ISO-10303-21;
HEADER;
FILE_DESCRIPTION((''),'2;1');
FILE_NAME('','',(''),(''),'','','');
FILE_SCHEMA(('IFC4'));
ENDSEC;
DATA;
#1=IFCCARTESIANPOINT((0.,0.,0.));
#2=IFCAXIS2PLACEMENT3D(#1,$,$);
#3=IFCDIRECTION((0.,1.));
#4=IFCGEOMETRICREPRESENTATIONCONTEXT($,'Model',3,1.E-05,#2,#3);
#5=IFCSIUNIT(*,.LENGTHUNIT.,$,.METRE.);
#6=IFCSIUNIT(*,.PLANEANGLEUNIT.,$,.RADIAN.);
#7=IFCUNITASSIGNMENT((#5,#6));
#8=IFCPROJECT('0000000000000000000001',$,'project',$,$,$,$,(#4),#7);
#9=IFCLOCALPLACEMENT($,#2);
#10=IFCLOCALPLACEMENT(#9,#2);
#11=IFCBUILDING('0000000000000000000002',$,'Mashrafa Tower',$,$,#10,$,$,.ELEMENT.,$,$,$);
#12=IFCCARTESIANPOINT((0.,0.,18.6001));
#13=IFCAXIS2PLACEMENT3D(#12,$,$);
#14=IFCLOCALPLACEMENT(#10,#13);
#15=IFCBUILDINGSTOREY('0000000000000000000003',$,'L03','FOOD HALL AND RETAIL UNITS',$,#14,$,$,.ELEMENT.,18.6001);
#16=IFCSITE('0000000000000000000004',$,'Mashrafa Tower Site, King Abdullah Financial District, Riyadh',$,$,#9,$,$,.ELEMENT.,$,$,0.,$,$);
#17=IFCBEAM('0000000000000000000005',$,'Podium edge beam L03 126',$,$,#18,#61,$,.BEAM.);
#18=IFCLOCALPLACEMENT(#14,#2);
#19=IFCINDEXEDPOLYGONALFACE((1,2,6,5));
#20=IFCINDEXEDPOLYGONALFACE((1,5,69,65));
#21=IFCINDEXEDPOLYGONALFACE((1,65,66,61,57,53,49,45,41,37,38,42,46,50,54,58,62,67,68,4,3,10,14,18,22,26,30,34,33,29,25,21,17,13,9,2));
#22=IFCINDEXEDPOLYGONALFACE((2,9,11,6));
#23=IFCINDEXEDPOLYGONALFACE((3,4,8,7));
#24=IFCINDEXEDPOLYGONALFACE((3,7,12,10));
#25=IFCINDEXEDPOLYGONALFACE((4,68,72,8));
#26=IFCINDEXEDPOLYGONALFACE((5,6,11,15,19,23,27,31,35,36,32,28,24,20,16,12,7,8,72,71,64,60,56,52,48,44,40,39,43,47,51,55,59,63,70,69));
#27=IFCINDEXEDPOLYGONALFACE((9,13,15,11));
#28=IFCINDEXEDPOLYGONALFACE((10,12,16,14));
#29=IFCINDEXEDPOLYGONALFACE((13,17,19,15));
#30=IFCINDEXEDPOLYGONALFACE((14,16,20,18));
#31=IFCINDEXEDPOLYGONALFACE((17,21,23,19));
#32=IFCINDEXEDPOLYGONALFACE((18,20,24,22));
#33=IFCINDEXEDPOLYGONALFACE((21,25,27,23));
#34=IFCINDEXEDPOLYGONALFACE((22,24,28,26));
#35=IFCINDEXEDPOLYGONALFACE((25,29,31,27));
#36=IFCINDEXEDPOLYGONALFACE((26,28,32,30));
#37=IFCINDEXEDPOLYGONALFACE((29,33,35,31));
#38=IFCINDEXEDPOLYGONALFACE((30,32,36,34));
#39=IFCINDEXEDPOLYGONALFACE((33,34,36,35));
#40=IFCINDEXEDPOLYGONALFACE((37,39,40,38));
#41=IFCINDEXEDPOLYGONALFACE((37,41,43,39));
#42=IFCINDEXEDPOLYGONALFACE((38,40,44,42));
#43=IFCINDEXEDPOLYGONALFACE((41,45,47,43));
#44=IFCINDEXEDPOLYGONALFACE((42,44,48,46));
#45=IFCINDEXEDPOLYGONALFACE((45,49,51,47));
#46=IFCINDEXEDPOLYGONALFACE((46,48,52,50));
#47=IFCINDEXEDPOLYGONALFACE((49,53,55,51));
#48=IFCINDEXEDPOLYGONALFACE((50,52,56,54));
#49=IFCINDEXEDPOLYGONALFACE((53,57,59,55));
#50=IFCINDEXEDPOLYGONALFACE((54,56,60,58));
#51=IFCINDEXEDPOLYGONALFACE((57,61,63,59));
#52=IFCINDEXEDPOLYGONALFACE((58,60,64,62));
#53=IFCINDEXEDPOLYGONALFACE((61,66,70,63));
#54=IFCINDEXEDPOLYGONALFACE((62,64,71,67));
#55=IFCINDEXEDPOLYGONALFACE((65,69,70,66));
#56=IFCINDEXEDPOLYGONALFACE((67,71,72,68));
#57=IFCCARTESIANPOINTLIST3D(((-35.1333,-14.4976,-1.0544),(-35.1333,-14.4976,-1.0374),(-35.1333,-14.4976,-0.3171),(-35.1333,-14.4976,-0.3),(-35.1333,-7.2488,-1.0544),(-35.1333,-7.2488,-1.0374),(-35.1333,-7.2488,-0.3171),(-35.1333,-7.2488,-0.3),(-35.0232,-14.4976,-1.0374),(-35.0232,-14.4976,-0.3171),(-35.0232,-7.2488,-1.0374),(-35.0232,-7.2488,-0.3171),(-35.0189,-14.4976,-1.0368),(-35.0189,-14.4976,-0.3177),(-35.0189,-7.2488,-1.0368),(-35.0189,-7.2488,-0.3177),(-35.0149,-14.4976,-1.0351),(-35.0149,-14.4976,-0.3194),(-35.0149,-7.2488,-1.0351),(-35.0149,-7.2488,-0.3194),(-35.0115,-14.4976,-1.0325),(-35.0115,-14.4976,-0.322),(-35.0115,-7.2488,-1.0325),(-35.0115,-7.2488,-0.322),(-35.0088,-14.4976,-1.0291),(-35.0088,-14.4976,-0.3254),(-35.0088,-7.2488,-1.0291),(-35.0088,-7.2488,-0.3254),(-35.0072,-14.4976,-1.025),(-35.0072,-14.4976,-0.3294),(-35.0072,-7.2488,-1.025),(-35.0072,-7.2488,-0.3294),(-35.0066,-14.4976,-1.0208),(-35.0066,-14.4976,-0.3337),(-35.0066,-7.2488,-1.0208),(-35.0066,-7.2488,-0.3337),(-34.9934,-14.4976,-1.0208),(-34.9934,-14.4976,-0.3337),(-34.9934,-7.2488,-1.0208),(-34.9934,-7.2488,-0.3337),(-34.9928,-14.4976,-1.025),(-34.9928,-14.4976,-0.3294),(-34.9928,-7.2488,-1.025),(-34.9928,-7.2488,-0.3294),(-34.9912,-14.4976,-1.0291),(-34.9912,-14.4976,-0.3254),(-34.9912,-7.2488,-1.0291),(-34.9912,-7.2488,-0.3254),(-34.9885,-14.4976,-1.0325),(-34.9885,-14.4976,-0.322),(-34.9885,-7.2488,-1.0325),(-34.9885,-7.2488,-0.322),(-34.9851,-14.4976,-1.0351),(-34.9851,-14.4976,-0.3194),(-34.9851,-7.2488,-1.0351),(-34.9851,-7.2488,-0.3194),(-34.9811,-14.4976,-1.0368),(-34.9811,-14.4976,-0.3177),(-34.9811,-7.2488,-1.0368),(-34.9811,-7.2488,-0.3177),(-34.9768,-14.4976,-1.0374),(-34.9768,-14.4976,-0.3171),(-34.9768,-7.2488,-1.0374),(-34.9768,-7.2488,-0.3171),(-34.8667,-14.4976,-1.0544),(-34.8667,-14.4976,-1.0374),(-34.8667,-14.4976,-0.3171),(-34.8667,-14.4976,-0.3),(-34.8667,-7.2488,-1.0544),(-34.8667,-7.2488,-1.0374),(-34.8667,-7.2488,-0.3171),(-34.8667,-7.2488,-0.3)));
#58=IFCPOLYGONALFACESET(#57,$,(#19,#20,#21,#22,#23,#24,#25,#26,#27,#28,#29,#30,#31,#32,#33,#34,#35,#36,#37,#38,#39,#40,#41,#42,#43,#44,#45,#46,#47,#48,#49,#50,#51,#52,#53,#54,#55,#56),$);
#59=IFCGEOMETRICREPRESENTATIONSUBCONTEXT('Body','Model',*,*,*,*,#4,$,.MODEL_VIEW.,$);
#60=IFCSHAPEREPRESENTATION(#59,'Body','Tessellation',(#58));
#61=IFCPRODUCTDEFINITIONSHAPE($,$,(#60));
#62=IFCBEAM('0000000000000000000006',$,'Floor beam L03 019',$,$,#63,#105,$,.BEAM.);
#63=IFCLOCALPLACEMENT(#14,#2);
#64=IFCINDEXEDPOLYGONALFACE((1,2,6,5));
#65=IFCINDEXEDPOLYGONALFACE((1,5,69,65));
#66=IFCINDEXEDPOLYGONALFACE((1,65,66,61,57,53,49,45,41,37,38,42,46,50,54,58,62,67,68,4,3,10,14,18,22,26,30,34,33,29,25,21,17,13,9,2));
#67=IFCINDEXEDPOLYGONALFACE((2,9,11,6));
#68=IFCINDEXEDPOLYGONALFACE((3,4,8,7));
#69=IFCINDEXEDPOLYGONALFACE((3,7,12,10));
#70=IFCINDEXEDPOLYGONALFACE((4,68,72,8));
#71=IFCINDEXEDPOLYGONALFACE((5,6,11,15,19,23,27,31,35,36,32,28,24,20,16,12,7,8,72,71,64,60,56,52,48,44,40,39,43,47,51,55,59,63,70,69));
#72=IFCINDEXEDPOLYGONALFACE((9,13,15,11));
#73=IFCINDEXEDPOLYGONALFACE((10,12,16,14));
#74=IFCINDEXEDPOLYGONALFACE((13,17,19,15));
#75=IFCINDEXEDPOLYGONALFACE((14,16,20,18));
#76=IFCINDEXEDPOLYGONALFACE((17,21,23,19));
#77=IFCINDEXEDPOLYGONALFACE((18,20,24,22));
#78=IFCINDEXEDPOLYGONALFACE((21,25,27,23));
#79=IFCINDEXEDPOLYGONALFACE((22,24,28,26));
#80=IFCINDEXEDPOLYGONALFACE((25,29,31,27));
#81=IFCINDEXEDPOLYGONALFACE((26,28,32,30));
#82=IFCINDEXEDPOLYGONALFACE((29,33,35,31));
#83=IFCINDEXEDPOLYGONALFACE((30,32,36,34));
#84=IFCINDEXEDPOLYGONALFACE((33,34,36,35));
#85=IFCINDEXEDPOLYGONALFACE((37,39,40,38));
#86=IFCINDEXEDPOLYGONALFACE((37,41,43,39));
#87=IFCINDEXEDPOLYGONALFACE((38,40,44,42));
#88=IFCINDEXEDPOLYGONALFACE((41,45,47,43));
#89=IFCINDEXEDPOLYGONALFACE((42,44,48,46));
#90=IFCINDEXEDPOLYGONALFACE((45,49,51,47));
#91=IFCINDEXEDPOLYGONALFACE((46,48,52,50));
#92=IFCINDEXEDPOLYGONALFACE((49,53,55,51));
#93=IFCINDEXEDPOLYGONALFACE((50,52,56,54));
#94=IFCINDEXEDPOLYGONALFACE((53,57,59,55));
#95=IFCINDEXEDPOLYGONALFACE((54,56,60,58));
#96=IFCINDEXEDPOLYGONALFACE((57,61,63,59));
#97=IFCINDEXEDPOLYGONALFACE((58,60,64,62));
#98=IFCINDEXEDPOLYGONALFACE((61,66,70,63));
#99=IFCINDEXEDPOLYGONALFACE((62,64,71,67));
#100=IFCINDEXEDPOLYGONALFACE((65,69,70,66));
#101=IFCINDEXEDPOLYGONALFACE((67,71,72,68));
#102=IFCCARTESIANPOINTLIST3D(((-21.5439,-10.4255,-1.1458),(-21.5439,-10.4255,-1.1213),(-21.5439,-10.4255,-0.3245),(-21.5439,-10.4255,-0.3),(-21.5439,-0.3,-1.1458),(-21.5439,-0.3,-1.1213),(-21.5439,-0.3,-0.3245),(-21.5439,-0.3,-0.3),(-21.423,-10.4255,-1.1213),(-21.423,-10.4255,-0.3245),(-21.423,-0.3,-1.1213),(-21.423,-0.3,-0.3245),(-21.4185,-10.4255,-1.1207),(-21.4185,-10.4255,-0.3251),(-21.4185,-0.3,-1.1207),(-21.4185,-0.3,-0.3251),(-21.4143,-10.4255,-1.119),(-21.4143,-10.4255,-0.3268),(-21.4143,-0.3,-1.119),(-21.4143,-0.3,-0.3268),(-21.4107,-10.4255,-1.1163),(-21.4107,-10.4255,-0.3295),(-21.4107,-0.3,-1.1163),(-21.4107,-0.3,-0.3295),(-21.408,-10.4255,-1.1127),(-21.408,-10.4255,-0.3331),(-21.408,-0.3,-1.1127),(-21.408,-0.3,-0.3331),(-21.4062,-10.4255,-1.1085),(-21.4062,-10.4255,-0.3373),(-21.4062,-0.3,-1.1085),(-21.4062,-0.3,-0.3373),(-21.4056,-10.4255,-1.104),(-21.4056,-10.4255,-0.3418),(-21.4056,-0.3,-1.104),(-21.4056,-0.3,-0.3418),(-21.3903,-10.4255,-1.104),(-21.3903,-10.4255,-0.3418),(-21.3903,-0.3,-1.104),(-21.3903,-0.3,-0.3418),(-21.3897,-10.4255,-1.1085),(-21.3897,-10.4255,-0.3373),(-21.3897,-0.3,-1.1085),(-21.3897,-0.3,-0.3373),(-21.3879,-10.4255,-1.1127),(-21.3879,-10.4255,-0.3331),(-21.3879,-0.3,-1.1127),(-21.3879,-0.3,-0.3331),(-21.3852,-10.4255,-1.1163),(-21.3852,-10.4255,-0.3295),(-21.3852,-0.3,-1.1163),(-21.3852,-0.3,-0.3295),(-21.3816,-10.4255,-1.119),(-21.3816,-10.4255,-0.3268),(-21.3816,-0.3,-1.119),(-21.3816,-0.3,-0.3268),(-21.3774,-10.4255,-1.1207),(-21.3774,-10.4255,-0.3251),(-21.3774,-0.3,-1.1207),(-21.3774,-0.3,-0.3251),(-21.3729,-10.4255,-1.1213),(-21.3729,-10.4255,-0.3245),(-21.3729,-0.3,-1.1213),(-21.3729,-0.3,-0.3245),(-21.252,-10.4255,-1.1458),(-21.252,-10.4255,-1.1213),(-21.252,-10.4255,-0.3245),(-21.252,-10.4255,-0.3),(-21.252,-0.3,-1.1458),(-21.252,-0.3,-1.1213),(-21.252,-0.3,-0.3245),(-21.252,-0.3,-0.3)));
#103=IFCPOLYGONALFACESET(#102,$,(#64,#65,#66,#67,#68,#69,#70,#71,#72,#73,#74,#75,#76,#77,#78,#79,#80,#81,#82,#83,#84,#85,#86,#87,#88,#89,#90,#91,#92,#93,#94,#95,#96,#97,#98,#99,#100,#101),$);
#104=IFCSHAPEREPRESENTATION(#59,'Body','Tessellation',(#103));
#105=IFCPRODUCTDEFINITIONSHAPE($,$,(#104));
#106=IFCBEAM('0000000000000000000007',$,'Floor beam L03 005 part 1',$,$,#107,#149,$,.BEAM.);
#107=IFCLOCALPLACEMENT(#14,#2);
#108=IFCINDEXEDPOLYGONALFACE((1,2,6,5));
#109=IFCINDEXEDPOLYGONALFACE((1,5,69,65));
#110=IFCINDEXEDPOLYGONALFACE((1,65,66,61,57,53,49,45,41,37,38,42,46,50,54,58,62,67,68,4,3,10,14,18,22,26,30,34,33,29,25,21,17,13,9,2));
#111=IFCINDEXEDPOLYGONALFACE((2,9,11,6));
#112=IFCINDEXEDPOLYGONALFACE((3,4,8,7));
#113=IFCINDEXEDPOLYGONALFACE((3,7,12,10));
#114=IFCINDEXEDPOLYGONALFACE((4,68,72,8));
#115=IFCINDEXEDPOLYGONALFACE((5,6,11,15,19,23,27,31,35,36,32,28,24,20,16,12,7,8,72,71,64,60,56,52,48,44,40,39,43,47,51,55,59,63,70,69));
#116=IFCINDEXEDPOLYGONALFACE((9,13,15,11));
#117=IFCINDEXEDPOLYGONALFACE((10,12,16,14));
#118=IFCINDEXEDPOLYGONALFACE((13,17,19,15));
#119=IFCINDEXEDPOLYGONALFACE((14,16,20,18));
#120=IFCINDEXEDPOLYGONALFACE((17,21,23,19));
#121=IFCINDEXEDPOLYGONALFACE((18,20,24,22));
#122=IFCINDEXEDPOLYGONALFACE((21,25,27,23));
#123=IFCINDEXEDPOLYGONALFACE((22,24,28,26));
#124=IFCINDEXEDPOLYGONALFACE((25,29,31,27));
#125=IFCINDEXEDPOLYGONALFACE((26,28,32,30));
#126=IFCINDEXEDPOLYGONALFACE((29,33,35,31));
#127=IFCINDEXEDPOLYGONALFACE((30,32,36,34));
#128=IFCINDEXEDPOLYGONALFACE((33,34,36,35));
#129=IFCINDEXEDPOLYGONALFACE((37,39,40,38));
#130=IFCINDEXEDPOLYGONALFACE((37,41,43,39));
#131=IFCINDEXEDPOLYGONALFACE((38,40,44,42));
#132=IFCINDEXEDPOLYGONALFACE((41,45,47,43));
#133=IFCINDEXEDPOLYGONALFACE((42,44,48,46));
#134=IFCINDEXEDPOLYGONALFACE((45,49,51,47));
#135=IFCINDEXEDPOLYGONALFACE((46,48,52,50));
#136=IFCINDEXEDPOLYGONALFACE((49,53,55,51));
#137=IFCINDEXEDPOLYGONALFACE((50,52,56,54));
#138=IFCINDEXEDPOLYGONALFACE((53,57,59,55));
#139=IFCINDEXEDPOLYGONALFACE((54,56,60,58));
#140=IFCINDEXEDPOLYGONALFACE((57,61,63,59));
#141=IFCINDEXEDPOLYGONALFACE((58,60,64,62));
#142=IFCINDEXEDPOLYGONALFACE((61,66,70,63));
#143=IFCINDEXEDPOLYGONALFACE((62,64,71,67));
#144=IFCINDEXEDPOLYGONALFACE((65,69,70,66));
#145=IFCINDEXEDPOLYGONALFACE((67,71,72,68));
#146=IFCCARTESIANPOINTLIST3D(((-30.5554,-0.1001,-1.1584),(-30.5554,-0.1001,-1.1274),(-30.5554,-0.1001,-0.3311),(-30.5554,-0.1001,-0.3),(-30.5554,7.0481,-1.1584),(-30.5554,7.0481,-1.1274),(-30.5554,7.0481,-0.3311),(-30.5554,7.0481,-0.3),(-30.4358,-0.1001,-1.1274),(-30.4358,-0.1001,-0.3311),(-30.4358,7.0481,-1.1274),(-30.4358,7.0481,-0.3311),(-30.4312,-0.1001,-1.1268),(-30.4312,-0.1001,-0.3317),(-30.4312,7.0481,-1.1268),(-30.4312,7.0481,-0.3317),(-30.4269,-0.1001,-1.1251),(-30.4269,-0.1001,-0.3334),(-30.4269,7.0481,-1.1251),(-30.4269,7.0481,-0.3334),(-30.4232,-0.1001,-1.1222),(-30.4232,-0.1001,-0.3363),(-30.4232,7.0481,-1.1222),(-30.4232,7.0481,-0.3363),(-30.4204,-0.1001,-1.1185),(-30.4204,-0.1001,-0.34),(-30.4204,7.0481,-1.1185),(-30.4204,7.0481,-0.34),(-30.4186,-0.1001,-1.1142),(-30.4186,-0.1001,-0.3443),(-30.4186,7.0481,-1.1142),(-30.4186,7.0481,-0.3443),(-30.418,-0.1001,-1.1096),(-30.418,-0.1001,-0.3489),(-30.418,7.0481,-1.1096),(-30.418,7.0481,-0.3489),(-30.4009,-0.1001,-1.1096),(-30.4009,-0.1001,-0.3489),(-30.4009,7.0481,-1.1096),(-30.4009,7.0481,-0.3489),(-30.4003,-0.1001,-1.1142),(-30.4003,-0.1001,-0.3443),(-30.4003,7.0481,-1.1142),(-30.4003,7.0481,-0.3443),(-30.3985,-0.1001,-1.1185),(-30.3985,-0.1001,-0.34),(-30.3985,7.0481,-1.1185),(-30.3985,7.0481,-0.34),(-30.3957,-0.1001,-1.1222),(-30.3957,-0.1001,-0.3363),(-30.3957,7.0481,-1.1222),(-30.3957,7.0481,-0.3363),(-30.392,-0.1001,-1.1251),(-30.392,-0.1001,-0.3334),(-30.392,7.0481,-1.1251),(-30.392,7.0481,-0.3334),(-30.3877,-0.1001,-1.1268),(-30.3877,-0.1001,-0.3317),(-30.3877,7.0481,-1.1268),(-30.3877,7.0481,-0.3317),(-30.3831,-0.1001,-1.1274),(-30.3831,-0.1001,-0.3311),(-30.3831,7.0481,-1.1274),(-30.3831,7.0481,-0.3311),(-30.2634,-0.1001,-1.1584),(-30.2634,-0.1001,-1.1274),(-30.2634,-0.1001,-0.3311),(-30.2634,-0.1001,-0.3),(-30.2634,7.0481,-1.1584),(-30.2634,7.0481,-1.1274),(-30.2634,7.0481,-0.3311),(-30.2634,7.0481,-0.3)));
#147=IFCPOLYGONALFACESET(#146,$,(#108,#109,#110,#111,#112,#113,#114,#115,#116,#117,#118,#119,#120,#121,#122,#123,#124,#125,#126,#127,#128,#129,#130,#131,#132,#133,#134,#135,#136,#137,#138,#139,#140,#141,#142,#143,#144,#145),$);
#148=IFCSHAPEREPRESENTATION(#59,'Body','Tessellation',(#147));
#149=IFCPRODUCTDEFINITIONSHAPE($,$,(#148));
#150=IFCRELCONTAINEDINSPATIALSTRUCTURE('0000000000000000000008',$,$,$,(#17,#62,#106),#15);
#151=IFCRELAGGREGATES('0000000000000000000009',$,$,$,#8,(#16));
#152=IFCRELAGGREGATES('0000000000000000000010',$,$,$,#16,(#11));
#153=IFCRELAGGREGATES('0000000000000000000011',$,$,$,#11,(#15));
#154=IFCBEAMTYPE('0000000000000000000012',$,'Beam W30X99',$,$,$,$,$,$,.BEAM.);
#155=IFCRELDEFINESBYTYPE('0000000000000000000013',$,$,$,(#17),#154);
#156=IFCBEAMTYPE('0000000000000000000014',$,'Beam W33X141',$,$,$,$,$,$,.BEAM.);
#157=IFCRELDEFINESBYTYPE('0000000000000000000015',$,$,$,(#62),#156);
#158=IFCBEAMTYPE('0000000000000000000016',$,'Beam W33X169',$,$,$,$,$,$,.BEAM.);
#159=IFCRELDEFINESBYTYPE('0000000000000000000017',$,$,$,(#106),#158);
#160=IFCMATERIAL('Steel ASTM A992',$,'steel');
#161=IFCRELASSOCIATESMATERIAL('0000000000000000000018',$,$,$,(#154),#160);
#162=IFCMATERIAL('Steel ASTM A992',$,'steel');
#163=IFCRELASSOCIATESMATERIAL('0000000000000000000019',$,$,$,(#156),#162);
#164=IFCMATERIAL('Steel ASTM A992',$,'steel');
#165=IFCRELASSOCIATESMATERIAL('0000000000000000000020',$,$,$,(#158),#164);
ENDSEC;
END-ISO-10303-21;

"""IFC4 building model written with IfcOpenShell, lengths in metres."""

from ifc_helpers import new_model, si_unit, direction, frame, origin, origin_2d, place, context, subcontext, project, spatial, i_section, extrude, material, material_profile, profile_set, type_object, element, save


model = new_model("IFC4")

# Units and contexts
model_context = context("Model", 3, precision=1e-05, world=origin(), true_north=direction((0.0, 1.0)))
body_context = subcontext(model_context, "Body", "Model", "MODEL_VIEW")
ifc_project = project(units=[si_unit("LENGTHUNIT", "METRE"), si_unit("PLANEANGLEUNIT", "RADIAN")], contexts=[model_context])

# Site, building, storey
site_placement = place(None, origin())
site = spatial("IfcSite", under=ifc_project, at=site_placement, Name="Mashrafa Tower Site, King Abdullah Financial District, Riyadh", CompositionType="ELEMENT", RefElevation=0.0)
building_placement = place(site_placement, origin())
building = spatial("IfcBuilding", under=site, at=building_placement, Name="Mashrafa Tower", CompositionType="ELEMENT")
storey_placement = place(building_placement, frame((0.0, 0.0, 18.6001)))
storey = spatial("IfcBuildingStorey", under=building, at=storey_placement, Name="L03", Description="FOOD HALL AND RETAIL UNITS", CompositionType="ELEMENT", Elevation=18.6001)

# Beams
ifc_material_1 = material(Name="Steel ASTM A992", Category="steel")
ifc_material_profile_1 = material_profile(ifc_material_1, i_section(OverallWidth=0.2666, OverallDepth=0.7544, WebThickness=0.0132, FlangeThickness=0.0171, FilletRadius=0.0166, at=origin_2d()), Name="W30X99")
ifc_profile_set_1 = profile_set([ifc_material_profile_1], Name="Steel ASTM A992")
beam_type_1 = type_object("IfcBeamType", Name="Beam W30X99", PredefinedType="BEAM", material=ifc_profile_set_1)
beam_1_placement = place(storey_placement, frame((-35.0, -7.2488, -0.6772), z_axis=(0.0, -1.0, 0.0), x_axis=(1.0, 0.0, 0.0)))
element("IfcBeam", 1, at=beam_1_placement, inside=storey, type_object=beam_type_1, Name="Podium edge beam L03 126", PredefinedType="BEAM", context=body_context, shape_type="SweptSolid", body=[
    extrude(i_section(OverallWidth=0.2666, OverallDepth=0.7544, WebThickness=0.0132, FlangeThickness=0.0171, FilletRadius=0.0166, at=origin_2d()), origin(), (0.0, 0.0, 1.0), 7.2488),
])
ifc_material_2 = material(Name="Steel ASTM A992", Category="steel")
ifc_material_profile_2 = material_profile(ifc_material_2, i_section(OverallWidth=0.292, OverallDepth=0.8457, WebThickness=0.0154, FlangeThickness=0.0244, FilletRadius=0.0173, at=origin_2d()), Name="W33X141")
ifc_profile_set_2 = profile_set([ifc_material_profile_2], Name="Steel ASTM A992")
beam_type_2 = type_object("IfcBeamType", Name="Beam W33X141", PredefinedType="BEAM", material=ifc_profile_set_2)
beam_2_placement = place(storey_placement, frame((-21.3979, -10.4255, -0.7229), z_axis=(0.0, 1.0, 0.0), x_axis=(-1.0, 0.0, 0.0)))
element("IfcBeam", 2, at=beam_2_placement, inside=storey, type_object=beam_type_2, Name="Floor beam L03 019", PredefinedType="BEAM", context=body_context, shape_type="SweptSolid", body=[
    extrude(i_section(OverallWidth=0.292, OverallDepth=0.8457, WebThickness=0.0154, FlangeThickness=0.0244, FilletRadius=0.0173, at=origin_2d()), origin(), (0.0, 0.0, 1.0), 10.1255),
])
ifc_material_3 = material(Name="Steel ASTM A992", Category="steel")
ifc_material_profile_3 = material_profile(ifc_material_3, i_section(OverallWidth=0.292, OverallDepth=0.8584, WebThickness=0.0171, FlangeThickness=0.031, FilletRadius=0.0178, at=origin_2d()), Name="W33X169")
ifc_profile_set_3 = profile_set([ifc_material_profile_3], Name="Steel ASTM A992")
beam_type_3 = type_object("IfcBeamType", Name="Beam W33X169", PredefinedType="BEAM", material=ifc_profile_set_3)
beam_3_placement = place(storey_placement, frame((-30.4094, -0.1001, -0.7292), z_axis=(0.0, 1.0, 0.0), x_axis=(-1.0, 0.0, 0.0)))
element("IfcBeam", 3, at=beam_3_placement, inside=storey, type_object=beam_type_3, Name="Floor beam L03 005 part 1", PredefinedType="BEAM", context=body_context, shape_type="SweptSolid", body=[
    extrude(i_section(OverallWidth=0.292, OverallDepth=0.8584, WebThickness=0.0171, FlangeThickness=0.031, FilletRadius=0.0178, at=origin_2d()), origin(), (0.0, 0.0, 1.0), 7.1482),
])

save(model, "model.ifc")
